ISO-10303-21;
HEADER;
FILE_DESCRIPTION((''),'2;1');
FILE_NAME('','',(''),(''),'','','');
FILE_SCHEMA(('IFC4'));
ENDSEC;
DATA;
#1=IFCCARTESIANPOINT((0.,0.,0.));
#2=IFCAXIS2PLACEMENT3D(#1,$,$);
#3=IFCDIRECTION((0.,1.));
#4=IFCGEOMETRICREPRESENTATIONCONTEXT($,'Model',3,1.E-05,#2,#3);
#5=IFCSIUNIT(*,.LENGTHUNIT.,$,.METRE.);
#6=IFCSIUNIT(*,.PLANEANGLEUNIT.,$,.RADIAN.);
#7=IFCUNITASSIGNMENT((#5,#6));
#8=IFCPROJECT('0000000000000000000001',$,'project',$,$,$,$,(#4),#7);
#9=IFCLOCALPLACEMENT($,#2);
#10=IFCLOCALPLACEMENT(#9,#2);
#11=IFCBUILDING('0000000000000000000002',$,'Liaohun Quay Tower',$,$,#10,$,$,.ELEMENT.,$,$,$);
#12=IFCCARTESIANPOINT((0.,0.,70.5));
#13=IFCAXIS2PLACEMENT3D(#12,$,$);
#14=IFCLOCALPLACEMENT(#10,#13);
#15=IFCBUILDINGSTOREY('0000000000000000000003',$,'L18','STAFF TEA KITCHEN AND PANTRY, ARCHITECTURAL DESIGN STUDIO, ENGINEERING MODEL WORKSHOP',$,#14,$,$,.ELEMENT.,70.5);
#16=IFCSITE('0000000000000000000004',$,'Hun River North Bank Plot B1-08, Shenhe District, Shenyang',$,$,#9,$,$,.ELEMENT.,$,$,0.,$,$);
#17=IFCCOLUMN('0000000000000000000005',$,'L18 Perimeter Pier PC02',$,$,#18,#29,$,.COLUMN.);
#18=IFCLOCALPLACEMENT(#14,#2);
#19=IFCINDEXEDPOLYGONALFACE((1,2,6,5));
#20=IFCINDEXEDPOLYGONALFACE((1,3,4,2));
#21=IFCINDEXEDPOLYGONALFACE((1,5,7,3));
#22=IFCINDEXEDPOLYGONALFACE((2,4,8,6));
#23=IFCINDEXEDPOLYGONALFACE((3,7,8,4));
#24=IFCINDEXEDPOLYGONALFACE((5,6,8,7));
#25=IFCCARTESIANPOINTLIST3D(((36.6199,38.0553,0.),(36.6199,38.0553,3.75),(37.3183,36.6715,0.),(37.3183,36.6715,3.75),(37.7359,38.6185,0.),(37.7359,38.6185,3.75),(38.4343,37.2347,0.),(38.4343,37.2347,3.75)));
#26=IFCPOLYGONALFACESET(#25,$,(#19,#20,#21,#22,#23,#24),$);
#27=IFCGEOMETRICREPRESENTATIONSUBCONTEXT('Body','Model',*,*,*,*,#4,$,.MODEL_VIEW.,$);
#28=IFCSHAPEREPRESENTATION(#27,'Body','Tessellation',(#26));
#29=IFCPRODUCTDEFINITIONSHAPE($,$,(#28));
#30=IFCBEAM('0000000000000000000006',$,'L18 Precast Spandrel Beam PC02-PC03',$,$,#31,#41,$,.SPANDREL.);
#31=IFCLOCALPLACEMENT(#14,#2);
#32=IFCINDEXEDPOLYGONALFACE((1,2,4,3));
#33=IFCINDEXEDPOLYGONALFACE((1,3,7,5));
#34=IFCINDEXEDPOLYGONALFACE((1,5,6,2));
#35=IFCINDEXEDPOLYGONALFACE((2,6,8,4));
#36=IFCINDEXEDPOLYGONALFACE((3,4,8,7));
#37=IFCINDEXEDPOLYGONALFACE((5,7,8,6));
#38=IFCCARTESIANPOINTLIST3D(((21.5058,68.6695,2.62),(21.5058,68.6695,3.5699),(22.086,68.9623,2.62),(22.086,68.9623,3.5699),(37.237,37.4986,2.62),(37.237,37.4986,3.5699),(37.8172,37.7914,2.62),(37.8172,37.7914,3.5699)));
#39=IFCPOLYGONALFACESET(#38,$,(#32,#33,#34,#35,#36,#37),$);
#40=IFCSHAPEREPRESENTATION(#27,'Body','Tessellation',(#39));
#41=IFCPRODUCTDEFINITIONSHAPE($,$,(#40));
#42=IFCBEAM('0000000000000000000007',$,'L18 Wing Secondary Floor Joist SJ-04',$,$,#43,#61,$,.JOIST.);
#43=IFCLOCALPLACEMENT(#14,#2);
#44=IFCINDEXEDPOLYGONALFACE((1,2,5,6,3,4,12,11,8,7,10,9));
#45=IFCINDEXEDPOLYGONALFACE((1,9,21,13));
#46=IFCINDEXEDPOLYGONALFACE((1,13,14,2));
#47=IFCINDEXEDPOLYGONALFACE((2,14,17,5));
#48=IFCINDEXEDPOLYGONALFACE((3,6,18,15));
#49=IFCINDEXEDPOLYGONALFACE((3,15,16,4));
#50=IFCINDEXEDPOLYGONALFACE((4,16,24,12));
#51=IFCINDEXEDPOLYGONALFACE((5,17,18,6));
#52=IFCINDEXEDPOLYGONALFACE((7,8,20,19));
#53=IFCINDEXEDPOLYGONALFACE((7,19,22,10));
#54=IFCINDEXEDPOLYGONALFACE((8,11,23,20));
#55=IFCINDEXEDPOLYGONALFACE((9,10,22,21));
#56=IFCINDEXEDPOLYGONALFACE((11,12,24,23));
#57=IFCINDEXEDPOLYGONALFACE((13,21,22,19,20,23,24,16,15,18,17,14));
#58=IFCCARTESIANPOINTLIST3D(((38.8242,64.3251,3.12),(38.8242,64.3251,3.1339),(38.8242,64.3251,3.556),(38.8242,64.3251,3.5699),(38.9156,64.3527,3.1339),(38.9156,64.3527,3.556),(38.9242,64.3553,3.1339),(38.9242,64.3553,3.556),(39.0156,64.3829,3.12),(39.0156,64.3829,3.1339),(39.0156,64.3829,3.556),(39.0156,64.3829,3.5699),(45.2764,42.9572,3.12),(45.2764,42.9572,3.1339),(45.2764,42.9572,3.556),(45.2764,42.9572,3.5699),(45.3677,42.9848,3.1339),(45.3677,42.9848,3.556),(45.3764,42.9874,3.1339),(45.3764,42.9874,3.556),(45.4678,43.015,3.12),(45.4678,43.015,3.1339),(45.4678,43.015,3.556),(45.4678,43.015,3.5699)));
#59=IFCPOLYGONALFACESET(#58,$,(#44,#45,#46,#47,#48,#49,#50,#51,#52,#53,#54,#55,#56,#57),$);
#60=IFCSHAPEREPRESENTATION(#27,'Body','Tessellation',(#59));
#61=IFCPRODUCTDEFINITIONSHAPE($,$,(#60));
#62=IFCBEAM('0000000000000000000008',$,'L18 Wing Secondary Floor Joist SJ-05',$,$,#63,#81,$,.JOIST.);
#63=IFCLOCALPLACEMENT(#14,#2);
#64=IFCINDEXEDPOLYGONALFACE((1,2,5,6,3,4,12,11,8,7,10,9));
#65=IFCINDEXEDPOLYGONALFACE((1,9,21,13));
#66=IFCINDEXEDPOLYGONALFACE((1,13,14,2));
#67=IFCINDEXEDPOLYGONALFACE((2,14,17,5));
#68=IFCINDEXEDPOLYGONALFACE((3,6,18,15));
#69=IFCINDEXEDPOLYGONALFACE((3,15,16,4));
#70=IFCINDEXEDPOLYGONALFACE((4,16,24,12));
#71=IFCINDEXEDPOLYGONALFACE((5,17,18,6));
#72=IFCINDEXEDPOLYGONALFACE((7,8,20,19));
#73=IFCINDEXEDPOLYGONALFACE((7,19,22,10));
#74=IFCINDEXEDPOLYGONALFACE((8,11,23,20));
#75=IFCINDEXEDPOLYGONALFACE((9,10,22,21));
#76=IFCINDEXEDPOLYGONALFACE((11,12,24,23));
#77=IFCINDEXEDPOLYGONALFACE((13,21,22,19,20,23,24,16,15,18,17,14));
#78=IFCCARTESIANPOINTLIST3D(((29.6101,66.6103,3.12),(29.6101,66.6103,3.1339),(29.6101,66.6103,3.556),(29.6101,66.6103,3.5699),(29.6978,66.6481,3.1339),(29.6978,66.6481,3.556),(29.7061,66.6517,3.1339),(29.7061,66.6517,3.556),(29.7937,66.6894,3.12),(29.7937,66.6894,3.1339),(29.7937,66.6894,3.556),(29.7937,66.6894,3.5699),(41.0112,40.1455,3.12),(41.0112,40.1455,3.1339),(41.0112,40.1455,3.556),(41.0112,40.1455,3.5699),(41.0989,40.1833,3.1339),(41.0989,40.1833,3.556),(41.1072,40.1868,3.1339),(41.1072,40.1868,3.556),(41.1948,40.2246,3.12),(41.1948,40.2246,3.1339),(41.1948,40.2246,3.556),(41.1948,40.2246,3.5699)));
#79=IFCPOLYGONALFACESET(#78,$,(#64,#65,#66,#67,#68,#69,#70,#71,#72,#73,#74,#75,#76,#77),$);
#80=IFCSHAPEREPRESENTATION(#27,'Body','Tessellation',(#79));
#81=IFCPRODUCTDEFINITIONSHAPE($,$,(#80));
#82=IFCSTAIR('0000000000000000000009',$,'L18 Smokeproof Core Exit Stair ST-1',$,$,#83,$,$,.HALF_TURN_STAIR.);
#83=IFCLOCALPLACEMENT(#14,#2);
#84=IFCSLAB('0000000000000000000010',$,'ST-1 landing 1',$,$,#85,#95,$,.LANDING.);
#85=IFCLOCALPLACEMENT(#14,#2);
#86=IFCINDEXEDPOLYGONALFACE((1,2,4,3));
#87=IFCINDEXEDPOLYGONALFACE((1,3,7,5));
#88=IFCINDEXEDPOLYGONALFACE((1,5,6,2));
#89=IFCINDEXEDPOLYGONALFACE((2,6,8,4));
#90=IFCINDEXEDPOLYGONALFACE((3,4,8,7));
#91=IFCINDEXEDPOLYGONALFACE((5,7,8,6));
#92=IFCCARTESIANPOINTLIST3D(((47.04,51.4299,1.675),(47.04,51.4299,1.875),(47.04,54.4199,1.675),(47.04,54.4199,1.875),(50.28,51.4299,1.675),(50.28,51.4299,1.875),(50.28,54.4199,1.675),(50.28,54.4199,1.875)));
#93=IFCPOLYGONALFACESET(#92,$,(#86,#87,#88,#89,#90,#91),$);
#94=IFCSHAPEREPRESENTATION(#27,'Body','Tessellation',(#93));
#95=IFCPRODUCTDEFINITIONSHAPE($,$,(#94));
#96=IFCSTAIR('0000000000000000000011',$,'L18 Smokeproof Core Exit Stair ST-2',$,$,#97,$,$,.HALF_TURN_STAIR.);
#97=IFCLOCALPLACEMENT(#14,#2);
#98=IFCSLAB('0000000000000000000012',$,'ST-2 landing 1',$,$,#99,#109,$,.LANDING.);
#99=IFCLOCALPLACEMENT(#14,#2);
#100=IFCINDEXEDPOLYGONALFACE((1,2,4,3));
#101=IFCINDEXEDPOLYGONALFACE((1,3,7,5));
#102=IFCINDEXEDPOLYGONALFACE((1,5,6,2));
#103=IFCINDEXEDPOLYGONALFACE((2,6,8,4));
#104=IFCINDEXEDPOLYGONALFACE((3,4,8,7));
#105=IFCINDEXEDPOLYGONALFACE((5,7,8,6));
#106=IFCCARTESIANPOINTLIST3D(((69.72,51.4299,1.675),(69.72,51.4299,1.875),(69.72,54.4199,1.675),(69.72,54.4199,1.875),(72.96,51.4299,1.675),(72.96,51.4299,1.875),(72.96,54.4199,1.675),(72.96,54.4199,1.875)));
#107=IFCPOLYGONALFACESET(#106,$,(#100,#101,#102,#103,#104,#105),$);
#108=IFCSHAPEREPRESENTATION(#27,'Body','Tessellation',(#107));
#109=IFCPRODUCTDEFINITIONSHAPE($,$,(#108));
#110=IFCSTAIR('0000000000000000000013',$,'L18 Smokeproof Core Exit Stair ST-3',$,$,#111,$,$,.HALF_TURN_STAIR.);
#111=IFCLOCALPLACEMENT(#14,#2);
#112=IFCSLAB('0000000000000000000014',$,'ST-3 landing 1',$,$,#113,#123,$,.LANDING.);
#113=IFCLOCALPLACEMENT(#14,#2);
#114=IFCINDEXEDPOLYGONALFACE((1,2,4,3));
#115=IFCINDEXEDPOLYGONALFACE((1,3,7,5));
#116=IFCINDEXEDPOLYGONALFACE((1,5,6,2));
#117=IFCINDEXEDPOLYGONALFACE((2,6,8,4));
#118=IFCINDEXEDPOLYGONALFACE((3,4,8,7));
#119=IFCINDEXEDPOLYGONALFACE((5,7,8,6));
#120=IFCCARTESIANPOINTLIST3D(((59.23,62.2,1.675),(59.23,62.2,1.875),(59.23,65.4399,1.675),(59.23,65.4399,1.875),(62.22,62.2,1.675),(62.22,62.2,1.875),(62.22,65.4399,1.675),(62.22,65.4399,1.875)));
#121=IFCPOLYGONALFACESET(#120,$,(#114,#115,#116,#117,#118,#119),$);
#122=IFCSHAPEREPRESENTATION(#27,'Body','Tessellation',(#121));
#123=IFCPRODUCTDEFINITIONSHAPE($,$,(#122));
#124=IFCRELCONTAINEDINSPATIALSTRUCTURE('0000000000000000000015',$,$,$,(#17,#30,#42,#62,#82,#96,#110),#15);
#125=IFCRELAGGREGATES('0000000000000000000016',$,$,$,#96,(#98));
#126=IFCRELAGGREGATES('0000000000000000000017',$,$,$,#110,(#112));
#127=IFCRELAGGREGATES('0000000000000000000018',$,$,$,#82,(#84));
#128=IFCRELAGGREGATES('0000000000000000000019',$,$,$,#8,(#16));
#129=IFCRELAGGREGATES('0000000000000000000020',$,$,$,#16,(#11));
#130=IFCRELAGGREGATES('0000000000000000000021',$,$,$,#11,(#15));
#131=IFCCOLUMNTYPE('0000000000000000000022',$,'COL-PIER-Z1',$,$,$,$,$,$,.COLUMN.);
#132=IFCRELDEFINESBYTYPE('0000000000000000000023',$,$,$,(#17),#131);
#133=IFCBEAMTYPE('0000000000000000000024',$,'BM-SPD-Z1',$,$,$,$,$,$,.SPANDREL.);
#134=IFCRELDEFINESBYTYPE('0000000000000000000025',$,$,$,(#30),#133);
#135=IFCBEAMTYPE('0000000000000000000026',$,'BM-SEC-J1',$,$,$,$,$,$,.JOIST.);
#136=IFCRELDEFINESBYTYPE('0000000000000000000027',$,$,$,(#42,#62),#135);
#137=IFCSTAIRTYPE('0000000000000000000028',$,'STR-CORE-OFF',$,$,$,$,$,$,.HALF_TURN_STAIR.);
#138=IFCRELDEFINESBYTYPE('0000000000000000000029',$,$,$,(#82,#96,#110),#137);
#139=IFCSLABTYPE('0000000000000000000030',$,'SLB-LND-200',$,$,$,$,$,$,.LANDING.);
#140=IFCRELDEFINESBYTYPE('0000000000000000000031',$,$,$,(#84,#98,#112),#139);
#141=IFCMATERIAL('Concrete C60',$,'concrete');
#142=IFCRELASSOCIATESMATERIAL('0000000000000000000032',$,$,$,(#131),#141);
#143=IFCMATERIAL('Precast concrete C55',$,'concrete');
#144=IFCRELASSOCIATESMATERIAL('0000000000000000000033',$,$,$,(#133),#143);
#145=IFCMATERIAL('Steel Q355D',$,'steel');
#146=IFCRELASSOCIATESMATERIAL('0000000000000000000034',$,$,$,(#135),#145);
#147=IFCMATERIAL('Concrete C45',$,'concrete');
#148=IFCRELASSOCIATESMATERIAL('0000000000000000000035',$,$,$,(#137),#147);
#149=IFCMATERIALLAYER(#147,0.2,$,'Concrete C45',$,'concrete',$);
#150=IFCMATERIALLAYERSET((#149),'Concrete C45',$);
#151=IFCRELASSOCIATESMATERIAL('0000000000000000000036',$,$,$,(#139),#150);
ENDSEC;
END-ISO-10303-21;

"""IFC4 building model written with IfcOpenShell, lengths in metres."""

from ifc_helpers import new_model, si_unit, direction, frame, origin, origin_2d, place, context, subcontext, project, spatial, polyline, rectangle, i_section, outline, extrude, source, transform, mapped, material, layer, layer_set, material_profile, profile_set, type_object, element, aggregate, save


model = new_model("IFC4")

# Units and contexts
model_context = context("Model", 3, precision=1e-05, world=origin(), true_north=direction((0.0, 1.0)))
body_context = subcontext(model_context, "Body", "Model", "MODEL_VIEW")
ifc_project = project(units=[si_unit("LENGTHUNIT", "METRE"), si_unit("PLANEANGLEUNIT", "RADIAN")], contexts=[model_context])

# Site, building, storey
site_placement = place(None, origin())
site = spatial("IfcSite", under=ifc_project, at=site_placement, Name="Hun River North Bank Plot B1-08, Shenhe District, Shenyang", CompositionType="ELEMENT", RefElevation=0.0)
building_placement = place(site_placement, origin())
building = spatial("IfcBuilding", under=site, at=building_placement, Name="Liaohun Quay Tower", CompositionType="ELEMENT")
storey_placement = place(building_placement, frame((0.0, 0.0, 70.5)))
storey = spatial("IfcBuildingStorey", under=building, at=storey_placement, Name="L18", Description="STAFF TEA KITCHEN AND PANTRY, ARCHITECTURAL DESIGN STUDIO, ENGINEERING MODEL WORKSHOP", CompositionType="ELEMENT", Elevation=70.5)

# Column
ifc_material_1 = material(Name="Concrete C60", Category="concrete")
ifc_material_profile_1 = material_profile(ifc_material_1, rectangle(XDim=1.55, YDim=1.25, at=origin_2d()), Name="RC1550x1250")
ifc_profile_set_1 = profile_set([ifc_material_profile_1], Name="Concrete C60")
column_type = type_object("IfcColumnType", Name="COL-PIER-Z1", PredefinedType="COLUMN", material=ifc_profile_set_1)
shared_shape_1 = source(origin(), body_context, "Body", "SweptSolid", [
    extrude(rectangle(XDim=1.55, YDim=1.25, at=origin_2d()), origin(), (0.0, 0.0, 1.0), 3.75),
])
column_placement = place(storey_placement, frame((37.5271, 37.645, 0.0), z_axis=(0.0, 0.0, 1.0), x_axis=(-0.450566, 0.892743, 0.0)))
element("IfcColumn", 1, at=column_placement, inside=storey, type_object=column_type, Name="L18 Perimeter Pier PC02", PredefinedType="COLUMN", context=body_context, shape_type="MappedRepresentation", body=[
    mapped(shared_shape_1, transform((0.0, 0.0, 0.0), x_axis=(1.0, 0.0, 0.0), y_axis=(0.0, 1.0, 0.0), z_axis=(0.0, 0.0, 1.0), scale=1.0)),
])

# Beams
ifc_material_2 = material(Name="Precast concrete C55", Category="concrete")
ifc_material_profile_2 = material_profile(ifc_material_2, rectangle(XDim=0.6499, YDim=0.95, at=origin_2d()), Name="RC650x950")
ifc_profile_set_2 = profile_set([ifc_material_profile_2], Name="Precast concrete C55")
beam_type_1 = type_object("IfcBeamType", Name="BM-SPD-Z1", PredefinedType="SPANDREL", material=ifc_profile_set_2)
shared_shape_2 = source(origin(), body_context, "Body", "SweptSolid", [
    extrude(rectangle(XDim=0.6499, YDim=0.95, at=origin_2d()), origin(), (0.0, 0.0, 1.0), 34.9155),
])
beam_1_placement = place(storey_placement, frame((37.5271, 37.645, 3.095), z_axis=(-0.45055, 0.892751, 0.0), x_axis=(-0.892751, -0.45055, 0.0)))
element("IfcBeam", 2, at=beam_1_placement, inside=storey, type_object=beam_type_1, Name="L18 Precast Spandrel Beam PC02-PC03", PredefinedType="SPANDREL", context=body_context, shape_type="MappedRepresentation", body=[
    mapped(shared_shape_2, transform((0.0, 0.0, 0.0), x_axis=(1.0, 0.0, 0.0), y_axis=(0.0, 1.0, 0.0), z_axis=(0.0, 0.0, 1.0), scale=1.0)),
])
ifc_material_3 = material(Name="Steel Q355D", Category="steel")
ifc_material_profile_3 = material_profile(ifc_material_3, i_section(OverallWidth=0.2, OverallDepth=0.45, WebThickness=0.009, FlangeThickness=0.0139, at=origin_2d()), Name="HN450x200x9x14")
ifc_profile_set_3 = profile_set([ifc_material_profile_3], Name="Steel Q355D")
beam_type_2 = type_object("IfcBeamType", Name="BM-SEC-J1", PredefinedType="JOIST", material=ifc_profile_set_3)
shared_shape_3 = source(origin(), body_context, "Body", "SweptSolid", [
    extrude(i_section(OverallWidth=0.2, OverallDepth=0.45, WebThickness=0.009, FlangeThickness=0.0139, at=origin_2d()), origin(), (0.0, 0.0, 1.0), 22.3208),
])
beam_2_placement = place(storey_placement, frame((45.3721, 42.9861, 3.345), z_axis=(-0.289064, 0.95731, 0.0), x_axis=(-0.95731, -0.289064, 0.0)))
element("IfcBeam", 3, at=beam_2_placement, inside=storey, type_object=beam_type_2, Name="L18 Wing Secondary Floor Joist SJ-04", PredefinedType="JOIST", context=body_context, shape_type="MappedRepresentation", body=[
    mapped(shared_shape_3, transform((0.0, 0.0, 0.0), x_axis=(1.0, 0.0, 0.0), y_axis=(0.0, 1.0, 0.0), z_axis=(0.0, 0.0, 1.0), scale=1.0)),
])
shared_shape_4 = source(origin(), body_context, "Body", "SweptSolid", [
    extrude(i_section(OverallWidth=0.2, OverallDepth=0.45, WebThickness=0.009, FlangeThickness=0.0139, at=origin_2d()), origin(), (0.0, 0.0, 1.0), 28.8162),
])
beam_3_placement = place(storey_placement, frame((41.103, 40.1851, 3.345), z_axis=(-0.39565, 0.918401, 0.0), x_axis=(-0.918401, -0.39565, 0.0)))
element("IfcBeam", 4, at=beam_3_placement, inside=storey, type_object=beam_type_2, Name="L18 Wing Secondary Floor Joist SJ-05", PredefinedType="JOIST", context=body_context, shape_type="MappedRepresentation", body=[
    mapped(shared_shape_4, transform((0.0, 0.0, 0.0), x_axis=(1.0, 0.0, 0.0), y_axis=(0.0, 1.0, 0.0), z_axis=(0.0, 0.0, 1.0), scale=1.0)),
])

# Stairs, slabs
ifc_material_4 = material(Name="Concrete C45", Category="concrete")
stair_type = type_object("IfcStairType", Name="STR-CORE-OFF", PredefinedType="HALF_TURN_STAIR", material=ifc_material_4)
stair_1_placement = place(storey_placement, origin())
stair_1 = element("IfcStair", 5, at=stair_1_placement, inside=storey, type_object=stair_type, Name="L18 Smokeproof Core Exit Stair ST-1", PredefinedType="HALF_TURN_STAIR")
ifc_layer_1 = layer(ifc_material_4, 0.2, Name="Concrete C45", Category="concrete")
ifc_layer_set_1 = layer_set([ifc_layer_1], Name="Concrete C45")
slab_type_1 = type_object("IfcSlabType", Name="SLB-LND-200", PredefinedType="LANDING", material=ifc_layer_set_1)
slab_1_placement = place(storey_placement, frame((0.0, 0.0, 1.675)))
slab_1 = element("IfcSlab", 6, at=slab_1_placement, type_object=slab_type_1, Name="ST-1 landing 1", PredefinedType="LANDING", context=body_context, shape_type="SweptSolid", body=[
    extrude(outline(polyline([(50.28, 51.4299), (50.28, 54.4199), (47.04, 54.4199), (47.04, 51.4299), (50.28, 51.4299)])), origin(), (0.0, 0.0, 1.0), 0.2),
])
stair_2_placement = place(storey_placement, origin())
stair_2 = element("IfcStair", 7, at=stair_2_placement, inside=storey, type_object=stair_type, Name="L18 Smokeproof Core Exit Stair ST-2", PredefinedType="HALF_TURN_STAIR")
slab_2_placement = place(storey_placement, frame((0.0, 0.0, 1.675)))
slab_2 = element("IfcSlab", 8, at=slab_2_placement, type_object=slab_type_1, Name="ST-2 landing 1", PredefinedType="LANDING", context=body_context, shape_type="SweptSolid", body=[
    extrude(outline(polyline([(72.96, 51.4299), (72.96, 54.4199), (69.72, 54.4199), (69.72, 51.4299), (72.96, 51.4299)])), origin(), (0.0, 0.0, 1.0), 0.2),
])
aggregate(stair_2, [slab_2])
stair_3_placement = place(storey_placement, origin())
stair_3 = element("IfcStair", 9, at=stair_3_placement, inside=storey, type_object=stair_type, Name="L18 Smokeproof Core Exit Stair ST-3", PredefinedType="HALF_TURN_STAIR")
slab_3_placement = place(storey_placement, frame((0.0, 0.0, 1.675)))
slab_3 = element("IfcSlab", 10, at=slab_3_placement, type_object=slab_type_1, Name="ST-3 landing 1", PredefinedType="LANDING", context=body_context, shape_type="SweptSolid", body=[
    extrude(outline(polyline([(59.23, 62.2), (62.22, 62.2), (62.22, 65.4399), (59.23, 65.4399), (59.23, 62.2)])), origin(), (0.0, 0.0, 1.0), 0.2),
])
aggregate(stair_3, [slab_3])

aggregate(stair_1, [slab_1])

save(model, "model.ifc")
